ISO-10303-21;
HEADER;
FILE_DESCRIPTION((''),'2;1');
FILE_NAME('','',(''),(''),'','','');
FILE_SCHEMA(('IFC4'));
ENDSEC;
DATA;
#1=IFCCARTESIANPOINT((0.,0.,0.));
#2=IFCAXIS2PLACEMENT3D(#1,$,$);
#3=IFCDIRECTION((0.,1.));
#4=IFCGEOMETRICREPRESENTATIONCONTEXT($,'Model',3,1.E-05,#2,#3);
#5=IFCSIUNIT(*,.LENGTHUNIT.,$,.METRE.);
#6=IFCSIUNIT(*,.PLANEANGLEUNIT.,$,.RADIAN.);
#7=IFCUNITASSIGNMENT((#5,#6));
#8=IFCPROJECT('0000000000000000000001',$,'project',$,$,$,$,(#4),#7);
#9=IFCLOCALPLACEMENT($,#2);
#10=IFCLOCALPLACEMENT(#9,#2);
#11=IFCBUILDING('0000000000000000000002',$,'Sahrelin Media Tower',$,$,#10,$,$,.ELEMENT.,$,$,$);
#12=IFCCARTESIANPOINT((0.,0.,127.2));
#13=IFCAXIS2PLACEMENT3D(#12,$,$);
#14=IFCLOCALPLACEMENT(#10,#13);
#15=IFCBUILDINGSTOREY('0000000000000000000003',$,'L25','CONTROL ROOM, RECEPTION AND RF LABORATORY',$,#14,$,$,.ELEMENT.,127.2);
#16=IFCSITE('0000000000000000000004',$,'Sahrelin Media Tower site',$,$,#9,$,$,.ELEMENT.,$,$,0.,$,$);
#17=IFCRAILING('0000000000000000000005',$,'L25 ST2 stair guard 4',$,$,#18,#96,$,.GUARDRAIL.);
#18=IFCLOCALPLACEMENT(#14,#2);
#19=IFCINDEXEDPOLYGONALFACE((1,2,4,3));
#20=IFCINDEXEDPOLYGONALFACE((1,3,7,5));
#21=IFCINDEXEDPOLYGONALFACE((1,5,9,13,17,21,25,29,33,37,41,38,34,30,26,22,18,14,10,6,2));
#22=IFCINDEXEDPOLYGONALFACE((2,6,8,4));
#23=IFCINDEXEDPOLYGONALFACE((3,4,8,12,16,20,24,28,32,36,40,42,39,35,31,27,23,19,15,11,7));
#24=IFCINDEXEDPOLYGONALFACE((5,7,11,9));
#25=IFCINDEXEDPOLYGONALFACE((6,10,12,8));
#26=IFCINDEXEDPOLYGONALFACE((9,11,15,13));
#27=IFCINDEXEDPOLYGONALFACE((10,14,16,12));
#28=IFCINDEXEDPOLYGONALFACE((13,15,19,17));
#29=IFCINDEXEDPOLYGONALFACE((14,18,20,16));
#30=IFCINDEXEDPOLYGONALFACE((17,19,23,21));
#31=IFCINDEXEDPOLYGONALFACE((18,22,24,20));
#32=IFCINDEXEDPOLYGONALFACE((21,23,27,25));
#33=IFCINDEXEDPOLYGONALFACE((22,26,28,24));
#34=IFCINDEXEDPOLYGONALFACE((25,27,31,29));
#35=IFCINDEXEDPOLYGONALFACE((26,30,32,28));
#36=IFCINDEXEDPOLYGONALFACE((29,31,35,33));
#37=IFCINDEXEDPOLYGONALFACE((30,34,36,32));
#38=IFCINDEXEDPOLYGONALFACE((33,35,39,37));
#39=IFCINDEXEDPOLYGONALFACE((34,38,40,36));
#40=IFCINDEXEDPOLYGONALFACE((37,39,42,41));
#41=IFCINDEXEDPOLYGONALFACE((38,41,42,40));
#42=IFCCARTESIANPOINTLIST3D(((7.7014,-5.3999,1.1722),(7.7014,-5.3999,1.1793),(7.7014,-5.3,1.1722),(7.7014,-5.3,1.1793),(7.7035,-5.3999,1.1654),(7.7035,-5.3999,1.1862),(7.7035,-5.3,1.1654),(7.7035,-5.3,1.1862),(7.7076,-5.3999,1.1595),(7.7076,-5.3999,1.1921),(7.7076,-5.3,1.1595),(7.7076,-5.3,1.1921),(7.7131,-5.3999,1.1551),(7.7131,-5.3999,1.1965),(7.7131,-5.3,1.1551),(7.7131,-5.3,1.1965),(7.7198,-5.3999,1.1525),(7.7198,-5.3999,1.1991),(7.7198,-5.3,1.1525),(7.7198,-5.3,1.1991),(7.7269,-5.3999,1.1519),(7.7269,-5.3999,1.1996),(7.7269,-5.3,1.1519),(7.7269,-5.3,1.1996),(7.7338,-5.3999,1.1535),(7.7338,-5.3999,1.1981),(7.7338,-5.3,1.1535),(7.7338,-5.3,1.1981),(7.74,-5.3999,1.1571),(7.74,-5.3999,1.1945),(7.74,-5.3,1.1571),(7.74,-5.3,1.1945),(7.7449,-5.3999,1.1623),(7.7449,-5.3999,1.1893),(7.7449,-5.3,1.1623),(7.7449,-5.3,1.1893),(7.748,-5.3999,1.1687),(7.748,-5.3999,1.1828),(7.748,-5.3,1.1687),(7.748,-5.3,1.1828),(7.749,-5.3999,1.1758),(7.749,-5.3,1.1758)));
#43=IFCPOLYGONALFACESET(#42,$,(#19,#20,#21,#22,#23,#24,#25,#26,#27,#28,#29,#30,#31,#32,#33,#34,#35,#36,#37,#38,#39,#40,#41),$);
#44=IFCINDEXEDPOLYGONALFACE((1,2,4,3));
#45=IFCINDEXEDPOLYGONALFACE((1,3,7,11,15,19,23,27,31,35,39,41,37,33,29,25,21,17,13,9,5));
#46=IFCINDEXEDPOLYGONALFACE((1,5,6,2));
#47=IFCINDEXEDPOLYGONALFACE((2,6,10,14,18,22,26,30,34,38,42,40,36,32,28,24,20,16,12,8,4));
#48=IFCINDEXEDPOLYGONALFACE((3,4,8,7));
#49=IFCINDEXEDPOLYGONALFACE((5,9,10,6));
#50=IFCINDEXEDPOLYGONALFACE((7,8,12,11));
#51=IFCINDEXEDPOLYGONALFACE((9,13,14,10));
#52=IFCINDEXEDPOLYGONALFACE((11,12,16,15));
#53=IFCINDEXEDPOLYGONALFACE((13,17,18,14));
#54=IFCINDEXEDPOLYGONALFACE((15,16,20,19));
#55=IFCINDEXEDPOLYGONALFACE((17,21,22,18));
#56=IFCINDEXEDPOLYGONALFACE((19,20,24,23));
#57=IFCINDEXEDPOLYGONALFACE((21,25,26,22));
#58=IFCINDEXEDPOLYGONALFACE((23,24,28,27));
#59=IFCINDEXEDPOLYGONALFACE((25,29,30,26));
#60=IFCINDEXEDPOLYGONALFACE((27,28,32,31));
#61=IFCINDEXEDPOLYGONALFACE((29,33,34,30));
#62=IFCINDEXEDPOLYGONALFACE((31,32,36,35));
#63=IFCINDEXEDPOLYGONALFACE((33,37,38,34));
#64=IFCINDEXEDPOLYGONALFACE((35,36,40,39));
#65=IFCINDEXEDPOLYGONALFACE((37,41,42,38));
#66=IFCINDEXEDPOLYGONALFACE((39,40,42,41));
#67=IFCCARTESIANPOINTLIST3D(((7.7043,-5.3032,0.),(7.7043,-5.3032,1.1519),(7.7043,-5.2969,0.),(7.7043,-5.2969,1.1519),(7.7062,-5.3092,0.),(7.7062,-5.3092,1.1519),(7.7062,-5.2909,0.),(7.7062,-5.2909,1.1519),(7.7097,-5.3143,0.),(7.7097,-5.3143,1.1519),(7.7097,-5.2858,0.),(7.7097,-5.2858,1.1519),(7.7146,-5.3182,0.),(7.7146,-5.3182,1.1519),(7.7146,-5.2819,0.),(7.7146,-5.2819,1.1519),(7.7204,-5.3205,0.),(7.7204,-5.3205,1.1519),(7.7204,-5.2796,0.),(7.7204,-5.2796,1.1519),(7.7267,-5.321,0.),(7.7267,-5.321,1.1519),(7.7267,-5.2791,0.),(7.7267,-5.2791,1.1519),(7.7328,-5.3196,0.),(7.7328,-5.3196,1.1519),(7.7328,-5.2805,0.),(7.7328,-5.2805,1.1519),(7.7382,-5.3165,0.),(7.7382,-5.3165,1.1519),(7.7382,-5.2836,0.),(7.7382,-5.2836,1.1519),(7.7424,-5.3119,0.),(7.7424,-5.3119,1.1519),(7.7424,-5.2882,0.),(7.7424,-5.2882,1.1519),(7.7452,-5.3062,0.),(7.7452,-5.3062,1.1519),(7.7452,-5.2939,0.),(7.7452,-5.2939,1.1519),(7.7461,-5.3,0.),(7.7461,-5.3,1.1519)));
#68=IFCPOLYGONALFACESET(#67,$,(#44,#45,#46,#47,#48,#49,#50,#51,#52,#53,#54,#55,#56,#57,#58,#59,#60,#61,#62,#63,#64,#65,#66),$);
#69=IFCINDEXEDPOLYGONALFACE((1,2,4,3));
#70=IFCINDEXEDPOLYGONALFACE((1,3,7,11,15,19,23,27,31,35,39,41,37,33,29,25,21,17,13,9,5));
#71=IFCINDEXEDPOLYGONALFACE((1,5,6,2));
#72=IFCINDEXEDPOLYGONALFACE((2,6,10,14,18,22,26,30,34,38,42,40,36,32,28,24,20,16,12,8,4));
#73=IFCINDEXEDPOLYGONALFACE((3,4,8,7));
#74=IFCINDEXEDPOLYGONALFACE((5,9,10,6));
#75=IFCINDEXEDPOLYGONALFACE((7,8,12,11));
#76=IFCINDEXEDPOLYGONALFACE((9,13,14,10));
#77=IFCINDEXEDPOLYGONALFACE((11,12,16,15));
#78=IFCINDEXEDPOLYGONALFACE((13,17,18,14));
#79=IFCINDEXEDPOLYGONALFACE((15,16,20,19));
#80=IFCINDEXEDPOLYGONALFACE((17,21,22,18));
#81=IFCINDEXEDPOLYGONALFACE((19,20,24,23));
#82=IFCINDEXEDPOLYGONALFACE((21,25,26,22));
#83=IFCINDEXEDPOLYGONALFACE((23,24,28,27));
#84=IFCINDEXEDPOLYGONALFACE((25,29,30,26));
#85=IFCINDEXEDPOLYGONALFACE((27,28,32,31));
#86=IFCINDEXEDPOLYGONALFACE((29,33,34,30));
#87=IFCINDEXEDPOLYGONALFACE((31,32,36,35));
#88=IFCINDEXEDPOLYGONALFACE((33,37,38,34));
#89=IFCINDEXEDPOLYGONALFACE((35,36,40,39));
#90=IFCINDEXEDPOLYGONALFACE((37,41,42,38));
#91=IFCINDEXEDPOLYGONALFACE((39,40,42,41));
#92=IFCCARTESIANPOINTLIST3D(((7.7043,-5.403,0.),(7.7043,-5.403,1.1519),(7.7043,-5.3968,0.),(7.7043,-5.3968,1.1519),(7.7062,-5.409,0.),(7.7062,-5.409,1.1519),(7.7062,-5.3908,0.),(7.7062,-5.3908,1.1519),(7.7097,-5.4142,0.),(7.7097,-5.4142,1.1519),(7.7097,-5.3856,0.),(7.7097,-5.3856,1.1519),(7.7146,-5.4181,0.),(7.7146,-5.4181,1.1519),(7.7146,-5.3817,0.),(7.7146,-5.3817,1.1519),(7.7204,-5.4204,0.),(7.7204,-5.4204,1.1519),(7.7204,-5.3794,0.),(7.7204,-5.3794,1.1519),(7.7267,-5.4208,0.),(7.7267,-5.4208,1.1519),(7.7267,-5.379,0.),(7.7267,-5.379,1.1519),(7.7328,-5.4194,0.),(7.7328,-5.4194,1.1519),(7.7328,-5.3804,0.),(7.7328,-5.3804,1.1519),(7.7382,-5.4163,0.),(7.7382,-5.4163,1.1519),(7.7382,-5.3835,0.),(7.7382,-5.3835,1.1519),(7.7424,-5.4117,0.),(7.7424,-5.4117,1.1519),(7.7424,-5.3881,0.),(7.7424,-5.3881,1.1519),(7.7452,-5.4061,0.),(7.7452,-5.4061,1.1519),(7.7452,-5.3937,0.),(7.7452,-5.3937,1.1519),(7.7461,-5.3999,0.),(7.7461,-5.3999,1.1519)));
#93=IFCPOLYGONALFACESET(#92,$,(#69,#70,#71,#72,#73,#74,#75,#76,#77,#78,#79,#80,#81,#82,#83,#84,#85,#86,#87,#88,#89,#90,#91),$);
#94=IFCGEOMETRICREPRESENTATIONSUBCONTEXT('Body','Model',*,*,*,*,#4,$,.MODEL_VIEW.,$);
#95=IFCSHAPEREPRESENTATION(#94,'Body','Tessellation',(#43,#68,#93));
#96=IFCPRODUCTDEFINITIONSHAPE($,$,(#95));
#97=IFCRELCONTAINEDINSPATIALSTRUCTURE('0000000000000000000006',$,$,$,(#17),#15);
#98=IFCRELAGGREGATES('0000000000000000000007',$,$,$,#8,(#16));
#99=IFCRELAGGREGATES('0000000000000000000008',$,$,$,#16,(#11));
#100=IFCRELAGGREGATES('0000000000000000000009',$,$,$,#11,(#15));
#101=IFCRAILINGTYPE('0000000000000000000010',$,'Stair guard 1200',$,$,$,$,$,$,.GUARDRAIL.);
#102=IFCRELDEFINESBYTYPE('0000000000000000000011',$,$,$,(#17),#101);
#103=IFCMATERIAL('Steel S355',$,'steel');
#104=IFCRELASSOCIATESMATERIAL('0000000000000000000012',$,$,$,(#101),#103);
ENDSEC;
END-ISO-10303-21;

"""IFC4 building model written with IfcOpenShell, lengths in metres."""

from ifc_helpers import new_model, si_unit, direction, frame, origin, origin_2d, place, context, subcontext, project, spatial, circle, extrude, material, type_object, element, save


model = new_model("IFC4")

# Units and contexts
model_context = context("Model", 3, precision=1e-05, world=origin(), true_north=direction((0.0, 1.0)))
body_context = subcontext(model_context, "Body", "Model", "MODEL_VIEW")
ifc_project = project(units=[si_unit("LENGTHUNIT", "METRE"), si_unit("PLANEANGLEUNIT", "RADIAN")], contexts=[model_context])

# Site, building, storey
site_placement = place(None, origin())
site = spatial("IfcSite", under=ifc_project, at=site_placement, Name="Sahrelin Media Tower site", CompositionType="ELEMENT", RefElevation=0.0)
building_placement = place(site_placement, origin())
building = spatial("IfcBuilding", under=site, at=building_placement, Name="Sahrelin Media Tower", CompositionType="ELEMENT")
storey_placement = place(building_placement, frame((0.0, 0.0, 127.2)))
storey = spatial("IfcBuildingStorey", under=building, at=storey_placement, Name="L25", Description="CONTROL ROOM, RECEPTION AND RF LABORATORY", CompositionType="ELEMENT", Elevation=127.2)

# Shared definitions
ifc_material_1 = material(Name="Steel S355", Category="steel")

# Railing
railing_type_1 = type_object("IfcRailingType", Name="Stair guard 1200", PredefinedType="GUARDRAIL", material=ifc_material_1)
railing_1_placement = place(storey_placement, frame((7.7251, -5.3, 0.0)))
element("IfcRailing", 1, at=railing_1_placement, inside=storey, type_object=railing_type_1, Name="L25 ST2 stair guard 4", PredefinedType="GUARDRAIL", context=body_context, shape_type="SweptSolid", body=[
    extrude(circle(Radius=0.0239, at=origin_2d()), frame((0.0, 0.0, 1.1758), z_axis=(0.0, -1.0, 0.0), x_axis=(1.0, 0.0, 0.0)), (0.0, 0.0, 1.0), 0.0999),
    extrude(circle(Radius=0.021, at=origin_2d()), origin(), (0.0, 0.0, 1.0), 1.1519),
    extrude(circle(Radius=0.021, at=origin_2d()), frame((0.0, -0.0999, 0.0)), (0.0, 0.0, 1.0), 1.1519),
])

save(model, "model.ifc")
